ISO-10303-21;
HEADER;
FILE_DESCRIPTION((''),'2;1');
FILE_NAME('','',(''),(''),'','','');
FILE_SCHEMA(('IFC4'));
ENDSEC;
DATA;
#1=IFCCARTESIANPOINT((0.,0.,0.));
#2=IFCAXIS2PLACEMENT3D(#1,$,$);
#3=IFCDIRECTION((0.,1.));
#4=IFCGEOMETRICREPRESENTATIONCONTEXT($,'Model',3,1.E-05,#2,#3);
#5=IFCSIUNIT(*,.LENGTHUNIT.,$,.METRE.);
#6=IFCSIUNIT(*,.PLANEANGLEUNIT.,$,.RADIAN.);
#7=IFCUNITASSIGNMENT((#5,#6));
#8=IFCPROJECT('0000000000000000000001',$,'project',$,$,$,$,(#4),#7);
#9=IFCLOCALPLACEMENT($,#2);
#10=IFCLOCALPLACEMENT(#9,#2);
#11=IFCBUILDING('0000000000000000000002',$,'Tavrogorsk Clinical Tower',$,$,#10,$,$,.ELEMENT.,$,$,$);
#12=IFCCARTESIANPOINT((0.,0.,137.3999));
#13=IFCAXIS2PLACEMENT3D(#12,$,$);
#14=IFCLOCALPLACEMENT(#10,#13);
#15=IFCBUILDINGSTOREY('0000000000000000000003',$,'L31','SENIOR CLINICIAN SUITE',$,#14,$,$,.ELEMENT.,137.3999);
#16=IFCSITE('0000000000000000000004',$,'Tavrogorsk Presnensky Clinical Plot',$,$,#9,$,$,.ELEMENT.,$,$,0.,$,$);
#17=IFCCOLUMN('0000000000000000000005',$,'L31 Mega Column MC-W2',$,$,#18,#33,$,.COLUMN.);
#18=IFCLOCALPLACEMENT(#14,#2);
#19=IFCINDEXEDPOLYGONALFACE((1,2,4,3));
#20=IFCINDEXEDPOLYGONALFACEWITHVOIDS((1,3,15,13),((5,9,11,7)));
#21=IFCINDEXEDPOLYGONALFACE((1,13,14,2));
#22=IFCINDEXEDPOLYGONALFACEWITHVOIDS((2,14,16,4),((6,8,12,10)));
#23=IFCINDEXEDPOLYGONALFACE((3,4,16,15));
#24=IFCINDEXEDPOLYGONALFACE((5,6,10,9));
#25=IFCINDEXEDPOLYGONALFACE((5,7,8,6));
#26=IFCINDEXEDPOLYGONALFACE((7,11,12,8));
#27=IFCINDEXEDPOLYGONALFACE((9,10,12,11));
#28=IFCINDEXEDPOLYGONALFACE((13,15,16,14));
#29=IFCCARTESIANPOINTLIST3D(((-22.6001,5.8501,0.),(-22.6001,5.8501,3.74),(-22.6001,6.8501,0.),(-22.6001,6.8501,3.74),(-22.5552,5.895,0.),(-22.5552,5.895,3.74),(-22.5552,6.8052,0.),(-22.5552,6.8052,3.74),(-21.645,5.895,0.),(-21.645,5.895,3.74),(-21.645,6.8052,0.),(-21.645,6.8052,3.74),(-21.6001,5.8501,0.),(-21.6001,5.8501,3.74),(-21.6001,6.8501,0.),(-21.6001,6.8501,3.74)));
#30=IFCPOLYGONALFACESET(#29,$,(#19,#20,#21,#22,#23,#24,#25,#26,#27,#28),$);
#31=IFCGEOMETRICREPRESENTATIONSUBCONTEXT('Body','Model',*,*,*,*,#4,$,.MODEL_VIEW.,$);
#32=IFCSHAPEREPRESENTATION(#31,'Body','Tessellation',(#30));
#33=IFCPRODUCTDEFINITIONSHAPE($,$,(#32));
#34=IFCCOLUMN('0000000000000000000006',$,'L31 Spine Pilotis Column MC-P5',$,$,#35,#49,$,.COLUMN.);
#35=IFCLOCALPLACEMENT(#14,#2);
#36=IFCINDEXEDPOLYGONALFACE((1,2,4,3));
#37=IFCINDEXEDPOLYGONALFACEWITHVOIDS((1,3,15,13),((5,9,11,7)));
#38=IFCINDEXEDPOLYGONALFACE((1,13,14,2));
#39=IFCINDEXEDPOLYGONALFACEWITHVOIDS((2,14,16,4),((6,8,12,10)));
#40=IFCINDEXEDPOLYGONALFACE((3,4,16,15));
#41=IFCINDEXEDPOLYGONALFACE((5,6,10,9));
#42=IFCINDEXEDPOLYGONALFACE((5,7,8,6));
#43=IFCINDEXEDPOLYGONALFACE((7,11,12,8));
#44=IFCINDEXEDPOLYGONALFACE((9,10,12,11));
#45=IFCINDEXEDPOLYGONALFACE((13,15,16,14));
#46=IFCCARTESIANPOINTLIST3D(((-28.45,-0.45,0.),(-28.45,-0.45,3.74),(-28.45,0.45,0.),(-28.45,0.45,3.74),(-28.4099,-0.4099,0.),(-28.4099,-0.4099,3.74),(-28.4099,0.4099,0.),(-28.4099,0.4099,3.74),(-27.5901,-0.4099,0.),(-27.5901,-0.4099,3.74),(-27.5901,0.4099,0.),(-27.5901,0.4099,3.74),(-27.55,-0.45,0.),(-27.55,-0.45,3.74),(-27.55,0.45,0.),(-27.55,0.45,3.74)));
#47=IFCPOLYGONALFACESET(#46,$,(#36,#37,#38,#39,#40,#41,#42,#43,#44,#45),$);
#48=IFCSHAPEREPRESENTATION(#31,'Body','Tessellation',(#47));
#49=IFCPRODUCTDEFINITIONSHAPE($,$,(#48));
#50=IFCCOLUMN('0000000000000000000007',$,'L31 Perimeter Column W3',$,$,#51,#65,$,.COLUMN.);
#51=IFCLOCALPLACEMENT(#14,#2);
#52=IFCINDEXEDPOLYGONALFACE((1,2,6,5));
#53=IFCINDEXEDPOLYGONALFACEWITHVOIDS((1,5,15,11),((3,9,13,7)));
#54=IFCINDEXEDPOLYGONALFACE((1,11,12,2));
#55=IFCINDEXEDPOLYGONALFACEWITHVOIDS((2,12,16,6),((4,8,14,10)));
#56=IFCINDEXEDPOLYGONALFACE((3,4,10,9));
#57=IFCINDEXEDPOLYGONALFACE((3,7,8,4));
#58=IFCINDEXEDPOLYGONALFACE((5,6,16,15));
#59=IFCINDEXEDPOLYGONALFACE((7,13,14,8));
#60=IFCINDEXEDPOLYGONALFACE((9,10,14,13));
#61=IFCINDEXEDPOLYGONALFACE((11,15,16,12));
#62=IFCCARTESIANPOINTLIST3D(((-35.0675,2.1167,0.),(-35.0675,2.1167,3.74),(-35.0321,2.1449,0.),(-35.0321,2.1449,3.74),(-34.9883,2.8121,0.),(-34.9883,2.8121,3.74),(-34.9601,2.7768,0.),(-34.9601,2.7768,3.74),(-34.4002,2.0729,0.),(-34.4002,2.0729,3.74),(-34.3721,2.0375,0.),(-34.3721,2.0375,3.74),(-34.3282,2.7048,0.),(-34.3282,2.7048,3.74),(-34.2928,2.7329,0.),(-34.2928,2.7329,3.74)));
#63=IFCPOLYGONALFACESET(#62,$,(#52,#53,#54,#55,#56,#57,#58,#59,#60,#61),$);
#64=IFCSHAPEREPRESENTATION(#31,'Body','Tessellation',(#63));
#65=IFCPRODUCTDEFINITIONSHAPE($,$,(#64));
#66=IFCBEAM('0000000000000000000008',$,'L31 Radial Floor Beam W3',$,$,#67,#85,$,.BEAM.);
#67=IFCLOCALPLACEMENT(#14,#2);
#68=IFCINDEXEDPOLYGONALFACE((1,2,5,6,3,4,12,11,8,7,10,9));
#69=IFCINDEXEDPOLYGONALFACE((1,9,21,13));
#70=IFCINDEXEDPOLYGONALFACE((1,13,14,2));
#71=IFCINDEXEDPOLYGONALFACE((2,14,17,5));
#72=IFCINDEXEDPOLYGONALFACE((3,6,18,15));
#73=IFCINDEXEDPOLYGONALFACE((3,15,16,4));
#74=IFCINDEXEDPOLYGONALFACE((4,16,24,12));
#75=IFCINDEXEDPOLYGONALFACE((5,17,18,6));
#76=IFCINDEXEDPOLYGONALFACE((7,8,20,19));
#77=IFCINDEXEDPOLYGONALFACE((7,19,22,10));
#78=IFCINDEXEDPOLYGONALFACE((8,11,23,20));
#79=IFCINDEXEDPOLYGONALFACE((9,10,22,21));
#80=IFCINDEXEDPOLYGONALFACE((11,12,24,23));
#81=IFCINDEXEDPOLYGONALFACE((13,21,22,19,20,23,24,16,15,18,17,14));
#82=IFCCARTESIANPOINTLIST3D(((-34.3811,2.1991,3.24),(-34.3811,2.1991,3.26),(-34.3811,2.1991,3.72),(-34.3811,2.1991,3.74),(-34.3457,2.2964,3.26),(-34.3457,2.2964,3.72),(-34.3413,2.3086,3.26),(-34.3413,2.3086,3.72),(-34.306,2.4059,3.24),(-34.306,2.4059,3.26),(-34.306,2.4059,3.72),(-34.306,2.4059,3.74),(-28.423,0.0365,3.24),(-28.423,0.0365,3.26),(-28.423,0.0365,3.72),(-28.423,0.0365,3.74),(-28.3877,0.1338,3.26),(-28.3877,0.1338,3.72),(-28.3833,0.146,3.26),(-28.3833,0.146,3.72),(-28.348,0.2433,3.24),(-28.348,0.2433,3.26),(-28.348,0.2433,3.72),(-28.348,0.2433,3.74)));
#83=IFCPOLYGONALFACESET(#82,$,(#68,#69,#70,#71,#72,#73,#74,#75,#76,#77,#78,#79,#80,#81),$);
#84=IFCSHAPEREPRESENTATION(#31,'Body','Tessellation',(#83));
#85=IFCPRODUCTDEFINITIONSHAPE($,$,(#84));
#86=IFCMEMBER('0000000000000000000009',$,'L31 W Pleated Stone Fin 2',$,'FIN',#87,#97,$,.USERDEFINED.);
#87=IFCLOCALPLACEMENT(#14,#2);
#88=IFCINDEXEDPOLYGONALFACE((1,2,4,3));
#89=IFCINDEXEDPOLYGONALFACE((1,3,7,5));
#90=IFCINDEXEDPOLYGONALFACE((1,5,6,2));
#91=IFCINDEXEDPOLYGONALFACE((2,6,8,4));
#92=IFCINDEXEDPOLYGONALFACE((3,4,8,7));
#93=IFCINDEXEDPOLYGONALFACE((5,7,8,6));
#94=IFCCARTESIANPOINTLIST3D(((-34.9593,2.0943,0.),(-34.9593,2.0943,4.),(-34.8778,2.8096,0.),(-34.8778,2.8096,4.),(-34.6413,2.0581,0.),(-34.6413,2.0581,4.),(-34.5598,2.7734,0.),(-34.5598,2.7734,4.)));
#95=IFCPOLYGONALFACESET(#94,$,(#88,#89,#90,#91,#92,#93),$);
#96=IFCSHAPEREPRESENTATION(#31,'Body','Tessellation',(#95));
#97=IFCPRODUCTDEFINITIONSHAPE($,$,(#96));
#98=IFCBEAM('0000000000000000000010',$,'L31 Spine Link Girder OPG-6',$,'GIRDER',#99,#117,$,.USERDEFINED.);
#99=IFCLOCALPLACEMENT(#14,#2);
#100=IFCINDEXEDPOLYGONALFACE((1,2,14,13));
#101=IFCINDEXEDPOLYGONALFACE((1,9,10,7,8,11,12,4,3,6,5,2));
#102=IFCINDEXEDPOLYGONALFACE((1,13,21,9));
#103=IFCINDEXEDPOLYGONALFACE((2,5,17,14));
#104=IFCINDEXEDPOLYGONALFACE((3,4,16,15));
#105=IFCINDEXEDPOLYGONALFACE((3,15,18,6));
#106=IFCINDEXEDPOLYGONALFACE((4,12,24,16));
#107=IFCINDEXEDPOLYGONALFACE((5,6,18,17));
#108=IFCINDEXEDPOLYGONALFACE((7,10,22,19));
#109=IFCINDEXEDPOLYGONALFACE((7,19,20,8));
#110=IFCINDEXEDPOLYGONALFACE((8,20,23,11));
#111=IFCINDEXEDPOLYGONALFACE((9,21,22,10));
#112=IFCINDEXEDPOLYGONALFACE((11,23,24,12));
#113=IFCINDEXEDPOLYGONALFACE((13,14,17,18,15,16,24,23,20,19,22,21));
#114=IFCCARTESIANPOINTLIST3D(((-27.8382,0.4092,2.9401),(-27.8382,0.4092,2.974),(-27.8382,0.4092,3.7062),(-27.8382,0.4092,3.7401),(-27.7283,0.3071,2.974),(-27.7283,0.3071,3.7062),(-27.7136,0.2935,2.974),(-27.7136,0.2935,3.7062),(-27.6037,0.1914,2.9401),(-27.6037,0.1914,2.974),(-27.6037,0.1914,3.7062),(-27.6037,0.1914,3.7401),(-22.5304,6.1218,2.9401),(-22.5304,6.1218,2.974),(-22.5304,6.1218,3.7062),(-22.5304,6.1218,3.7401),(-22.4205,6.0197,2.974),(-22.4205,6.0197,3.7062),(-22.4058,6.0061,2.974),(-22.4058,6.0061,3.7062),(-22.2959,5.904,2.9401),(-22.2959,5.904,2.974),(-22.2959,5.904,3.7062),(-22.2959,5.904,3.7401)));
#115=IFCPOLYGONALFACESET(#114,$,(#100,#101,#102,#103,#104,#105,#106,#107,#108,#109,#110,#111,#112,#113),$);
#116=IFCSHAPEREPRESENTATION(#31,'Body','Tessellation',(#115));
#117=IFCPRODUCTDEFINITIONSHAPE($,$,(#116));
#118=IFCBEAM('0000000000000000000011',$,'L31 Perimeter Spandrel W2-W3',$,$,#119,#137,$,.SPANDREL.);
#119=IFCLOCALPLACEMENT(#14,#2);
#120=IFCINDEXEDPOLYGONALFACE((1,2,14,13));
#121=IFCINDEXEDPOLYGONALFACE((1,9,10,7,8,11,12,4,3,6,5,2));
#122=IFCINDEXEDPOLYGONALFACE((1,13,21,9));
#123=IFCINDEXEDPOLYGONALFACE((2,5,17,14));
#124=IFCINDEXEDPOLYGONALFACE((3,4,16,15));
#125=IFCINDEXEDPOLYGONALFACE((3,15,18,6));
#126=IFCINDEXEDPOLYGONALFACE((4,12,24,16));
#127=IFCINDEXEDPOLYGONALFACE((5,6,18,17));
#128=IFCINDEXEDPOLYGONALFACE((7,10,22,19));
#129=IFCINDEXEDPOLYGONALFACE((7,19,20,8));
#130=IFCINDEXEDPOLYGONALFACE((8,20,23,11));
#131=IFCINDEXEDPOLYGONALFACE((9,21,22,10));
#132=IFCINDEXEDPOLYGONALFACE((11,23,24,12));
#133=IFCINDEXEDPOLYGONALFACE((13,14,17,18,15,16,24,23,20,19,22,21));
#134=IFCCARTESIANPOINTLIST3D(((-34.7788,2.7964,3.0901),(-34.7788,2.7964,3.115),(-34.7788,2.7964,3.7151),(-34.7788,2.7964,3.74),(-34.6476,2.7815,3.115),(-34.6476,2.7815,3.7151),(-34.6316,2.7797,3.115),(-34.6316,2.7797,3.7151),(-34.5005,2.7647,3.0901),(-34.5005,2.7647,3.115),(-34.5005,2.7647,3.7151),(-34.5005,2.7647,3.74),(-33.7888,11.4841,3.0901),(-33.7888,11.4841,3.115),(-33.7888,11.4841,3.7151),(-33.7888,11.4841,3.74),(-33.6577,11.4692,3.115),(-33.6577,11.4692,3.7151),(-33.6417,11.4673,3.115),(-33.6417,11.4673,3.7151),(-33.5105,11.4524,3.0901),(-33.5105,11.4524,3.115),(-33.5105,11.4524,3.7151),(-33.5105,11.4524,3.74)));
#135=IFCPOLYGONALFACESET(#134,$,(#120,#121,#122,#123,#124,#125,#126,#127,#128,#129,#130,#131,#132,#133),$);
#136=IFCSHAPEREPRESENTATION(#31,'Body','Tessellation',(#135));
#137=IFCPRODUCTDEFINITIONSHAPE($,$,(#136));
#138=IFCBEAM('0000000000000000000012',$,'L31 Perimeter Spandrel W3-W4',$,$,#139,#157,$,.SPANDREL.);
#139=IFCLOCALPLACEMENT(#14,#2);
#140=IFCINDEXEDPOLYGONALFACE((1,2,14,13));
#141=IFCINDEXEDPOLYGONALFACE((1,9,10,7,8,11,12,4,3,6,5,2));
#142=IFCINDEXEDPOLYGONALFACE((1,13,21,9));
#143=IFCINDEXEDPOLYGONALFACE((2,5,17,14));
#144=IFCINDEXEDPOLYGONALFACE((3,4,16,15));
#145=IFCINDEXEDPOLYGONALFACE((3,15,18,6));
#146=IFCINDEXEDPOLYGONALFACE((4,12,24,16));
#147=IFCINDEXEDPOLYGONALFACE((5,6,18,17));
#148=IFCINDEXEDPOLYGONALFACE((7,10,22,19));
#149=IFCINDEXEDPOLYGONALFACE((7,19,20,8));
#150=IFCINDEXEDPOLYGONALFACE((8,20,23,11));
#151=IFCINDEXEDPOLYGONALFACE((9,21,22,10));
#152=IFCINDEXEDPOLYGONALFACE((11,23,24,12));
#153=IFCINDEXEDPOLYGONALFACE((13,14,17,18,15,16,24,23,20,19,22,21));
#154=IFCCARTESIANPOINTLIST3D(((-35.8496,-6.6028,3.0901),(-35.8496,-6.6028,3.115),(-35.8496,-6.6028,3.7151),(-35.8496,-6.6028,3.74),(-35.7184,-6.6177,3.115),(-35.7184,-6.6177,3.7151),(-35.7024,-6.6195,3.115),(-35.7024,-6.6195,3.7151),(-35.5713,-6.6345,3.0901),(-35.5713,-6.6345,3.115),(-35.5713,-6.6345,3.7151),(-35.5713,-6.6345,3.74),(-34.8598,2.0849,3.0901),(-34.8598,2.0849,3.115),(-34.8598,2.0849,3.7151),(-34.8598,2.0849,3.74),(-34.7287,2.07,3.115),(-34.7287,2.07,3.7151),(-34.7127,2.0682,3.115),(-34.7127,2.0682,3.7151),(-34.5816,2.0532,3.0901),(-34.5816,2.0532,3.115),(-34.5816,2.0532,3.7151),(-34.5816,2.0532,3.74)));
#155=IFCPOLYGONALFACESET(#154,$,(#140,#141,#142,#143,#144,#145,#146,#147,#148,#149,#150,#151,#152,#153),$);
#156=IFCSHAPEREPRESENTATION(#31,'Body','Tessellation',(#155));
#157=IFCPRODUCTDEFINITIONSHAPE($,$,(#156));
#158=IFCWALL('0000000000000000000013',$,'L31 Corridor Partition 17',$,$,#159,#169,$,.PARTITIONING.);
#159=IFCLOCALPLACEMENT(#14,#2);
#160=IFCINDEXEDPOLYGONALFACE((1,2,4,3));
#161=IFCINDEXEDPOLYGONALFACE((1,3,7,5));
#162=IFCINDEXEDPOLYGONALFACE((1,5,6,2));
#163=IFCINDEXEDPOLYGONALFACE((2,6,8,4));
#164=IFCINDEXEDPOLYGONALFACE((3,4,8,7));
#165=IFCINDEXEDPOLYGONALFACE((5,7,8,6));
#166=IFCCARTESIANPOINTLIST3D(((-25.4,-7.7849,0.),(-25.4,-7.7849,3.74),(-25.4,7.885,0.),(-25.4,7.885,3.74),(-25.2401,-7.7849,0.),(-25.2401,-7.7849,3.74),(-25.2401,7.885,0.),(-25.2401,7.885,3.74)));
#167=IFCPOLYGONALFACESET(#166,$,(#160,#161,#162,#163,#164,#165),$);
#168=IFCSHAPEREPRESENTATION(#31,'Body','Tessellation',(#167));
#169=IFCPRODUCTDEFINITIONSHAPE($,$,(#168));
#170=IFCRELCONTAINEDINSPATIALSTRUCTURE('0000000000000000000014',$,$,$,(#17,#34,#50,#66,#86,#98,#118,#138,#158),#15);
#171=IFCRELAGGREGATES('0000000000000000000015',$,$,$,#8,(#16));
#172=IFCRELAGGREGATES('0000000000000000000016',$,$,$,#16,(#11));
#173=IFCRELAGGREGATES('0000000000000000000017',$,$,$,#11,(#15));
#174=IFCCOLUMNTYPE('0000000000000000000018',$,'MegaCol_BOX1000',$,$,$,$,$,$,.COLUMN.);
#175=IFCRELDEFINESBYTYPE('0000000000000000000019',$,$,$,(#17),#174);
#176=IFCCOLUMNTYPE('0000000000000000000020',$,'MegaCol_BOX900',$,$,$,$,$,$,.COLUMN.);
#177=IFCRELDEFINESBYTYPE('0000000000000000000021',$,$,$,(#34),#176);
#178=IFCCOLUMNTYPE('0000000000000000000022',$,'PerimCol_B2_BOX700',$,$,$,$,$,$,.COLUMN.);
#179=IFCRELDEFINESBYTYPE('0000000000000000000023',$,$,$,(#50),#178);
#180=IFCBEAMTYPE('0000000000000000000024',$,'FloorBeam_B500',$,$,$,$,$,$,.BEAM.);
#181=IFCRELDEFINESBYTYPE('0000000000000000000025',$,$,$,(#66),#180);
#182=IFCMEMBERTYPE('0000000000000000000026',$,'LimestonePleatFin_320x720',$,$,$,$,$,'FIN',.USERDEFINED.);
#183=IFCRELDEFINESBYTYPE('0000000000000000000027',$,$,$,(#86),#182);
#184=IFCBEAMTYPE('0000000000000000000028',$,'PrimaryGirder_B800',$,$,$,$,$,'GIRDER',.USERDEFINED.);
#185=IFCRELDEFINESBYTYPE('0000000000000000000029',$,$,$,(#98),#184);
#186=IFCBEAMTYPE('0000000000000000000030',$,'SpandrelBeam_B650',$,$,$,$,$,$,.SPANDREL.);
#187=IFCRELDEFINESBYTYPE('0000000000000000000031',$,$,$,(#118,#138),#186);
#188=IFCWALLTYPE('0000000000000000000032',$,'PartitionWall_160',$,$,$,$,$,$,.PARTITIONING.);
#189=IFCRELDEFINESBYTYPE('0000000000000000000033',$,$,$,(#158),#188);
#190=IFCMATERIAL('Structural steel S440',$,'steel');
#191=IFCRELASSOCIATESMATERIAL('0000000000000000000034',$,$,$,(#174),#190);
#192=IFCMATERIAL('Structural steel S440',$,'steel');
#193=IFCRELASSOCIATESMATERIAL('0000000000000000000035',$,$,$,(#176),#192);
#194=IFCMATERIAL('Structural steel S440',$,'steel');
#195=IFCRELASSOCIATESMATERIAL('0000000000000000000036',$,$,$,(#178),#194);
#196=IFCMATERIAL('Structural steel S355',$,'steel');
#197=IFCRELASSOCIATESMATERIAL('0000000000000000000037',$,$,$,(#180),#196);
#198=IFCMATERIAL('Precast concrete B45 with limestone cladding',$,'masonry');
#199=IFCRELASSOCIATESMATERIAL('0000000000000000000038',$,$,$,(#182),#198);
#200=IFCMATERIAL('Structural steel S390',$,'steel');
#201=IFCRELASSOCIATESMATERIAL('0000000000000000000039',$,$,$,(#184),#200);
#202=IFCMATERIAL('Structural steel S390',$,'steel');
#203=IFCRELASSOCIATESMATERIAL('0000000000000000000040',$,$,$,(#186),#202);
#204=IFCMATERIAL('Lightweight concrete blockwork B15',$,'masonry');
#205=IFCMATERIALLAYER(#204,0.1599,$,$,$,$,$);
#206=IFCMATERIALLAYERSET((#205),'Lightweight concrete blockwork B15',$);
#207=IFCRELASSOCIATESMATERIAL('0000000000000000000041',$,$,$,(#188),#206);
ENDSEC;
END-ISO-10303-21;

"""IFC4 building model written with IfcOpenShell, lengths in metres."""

from ifc_helpers import new_model, si_unit, direction, frame, frame_2d, origin, origin_2d, place, context, subcontext, project, spatial, rectangle, hollow_rectangle, i_section, extrude, material, layer, layer_set, material_profile, profile_set, type_object, element, save


model = new_model("IFC4")

# Units and contexts
model_context = context("Model", 3, precision=1e-05, world=origin(), true_north=direction((0.0, 1.0)))
body_context = subcontext(model_context, "Body", "Model", "MODEL_VIEW")
ifc_project = project(units=[si_unit("LENGTHUNIT", "METRE"), si_unit("PLANEANGLEUNIT", "RADIAN")], contexts=[model_context])

# Site, building, storey
site_placement = place(None, origin())
site = spatial("IfcSite", under=ifc_project, at=site_placement, Name="Tavrogorsk Presnensky Clinical Plot", CompositionType="ELEMENT", RefElevation=0.0)
building_placement = place(site_placement, origin())
building = spatial("IfcBuilding", under=site, at=building_placement, Name="Tavrogorsk Clinical Tower", CompositionType="ELEMENT")
storey_placement = place(building_placement, frame((0.0, 0.0, 137.3999)))
storey = spatial("IfcBuildingStorey", under=building, at=storey_placement, Name="L31", Description="SENIOR CLINICIAN SUITE", CompositionType="ELEMENT", Elevation=137.3999)

# Columns
ifc_material_1 = material(Name="Structural steel S440", Category="steel")
ifc_material_profile_1 = material_profile(ifc_material_1, hollow_rectangle(XDim=1.0, YDim=1.0, WallThickness=0.0449, at=origin_2d()), Name="BOX-1000x1000x45")
ifc_profile_set_1 = profile_set([ifc_material_profile_1], Name="Structural steel S440")
column_type_1 = type_object("IfcColumnType", Name="MegaCol_BOX1000", PredefinedType="COLUMN", material=ifc_profile_set_1)
column_1_placement = place(storey_placement, frame((-22.1001, 6.3501, 0.0), z_axis=(0.0, 0.0, 1.0), x_axis=(1.0, 0.0, 0.0)))
element("IfcColumn", 1, at=column_1_placement, inside=storey, type_object=column_type_1, Name="L31 Mega Column MC-W2", PredefinedType="COLUMN", context=body_context, shape_type="SweptSolid", body=[
    extrude(hollow_rectangle(XDim=1.0, YDim=1.0, WallThickness=0.0449, at=origin_2d()), origin(), (0.0, 0.0, 1.0), 3.74),
])
ifc_material_2 = material(Name="Structural steel S440", Category="steel")
ifc_material_profile_2 = material_profile(ifc_material_2, hollow_rectangle(XDim=0.8999, YDim=0.8999, WallThickness=0.04, at=origin_2d()), Name="BOX-900x900x40")
ifc_profile_set_2 = profile_set([ifc_material_profile_2], Name="Structural steel S440")
column_type_2 = type_object("IfcColumnType", Name="MegaCol_BOX900", PredefinedType="COLUMN", material=ifc_profile_set_2)
column_2_placement = place(storey_placement, frame((-28.0, 0.0, 0.0), z_axis=(0.0, 0.0, 1.0), x_axis=(1.0, 0.0, 0.0)))
element("IfcColumn", 2, at=column_2_placement, inside=storey, type_object=column_type_2, Name="L31 Spine Pilotis Column MC-P5", PredefinedType="COLUMN", context=body_context, shape_type="SweptSolid", body=[
    extrude(hollow_rectangle(XDim=0.8999, YDim=0.8999, WallThickness=0.04, at=origin_2d()), origin(), (0.0, 0.0, 1.0), 3.74),
])
ifc_material_3 = material(Name="Structural steel S440", Category="steel")
ifc_material_profile_3 = material_profile(ifc_material_3, hollow_rectangle(XDim=0.7, YDim=0.7, WallThickness=0.032, at=origin_2d()), Name="BOX-700x700x32")
ifc_profile_set_3 = profile_set([ifc_material_profile_3], Name="Structural steel S440")
column_type_3 = type_object("IfcColumnType", Name="PerimCol_B2_BOX700", PredefinedType="COLUMN", material=ifc_profile_set_3)
column_3_placement = place(storey_placement, frame((-34.6802, 2.4248, 0.0), z_axis=(0.0, 0.0, 1.0), x_axis=(0.993572, -0.113203, 0.0)))
element("IfcColumn", 3, at=column_3_placement, inside=storey, type_object=column_type_3, Name="L31 Perimeter Column W3", PredefinedType="COLUMN", context=body_context, shape_type="SweptSolid", body=[
    extrude(hollow_rectangle(XDim=0.7, YDim=0.7, WallThickness=0.032, at=origin_2d()), origin(), (0.0, 0.0, 1.0), 3.74),
])

# Beam
ifc_material_4 = material(Name="Structural steel S355", Category="steel")
ifc_material_profile_4 = material_profile(ifc_material_4, i_section(OverallWidth=0.22, OverallDepth=0.5, WebThickness=0.0129, FlangeThickness=0.02, at=origin_2d()), Name="B-500x220x13x20")
ifc_profile_set_4 = profile_set([ifc_material_profile_4], Name="Structural steel S355")
beam_type_1 = type_object("IfcBeamType", Name="FloorBeam_B500", PredefinedType="BEAM", material=ifc_profile_set_4)
beam_1_placement = place(storey_placement, frame((-28.3855, 0.1399, 3.49), z_axis=(-0.939993, 0.341193, 0.0), x_axis=(-0.341193, -0.939993, 0.0)))
element("IfcBeam", 4, at=beam_1_placement, inside=storey, type_object=beam_type_1, Name="L31 Radial Floor Beam W3", PredefinedType="BEAM", context=body_context, shape_type="SweptSolid", body=[
    extrude(i_section(OverallWidth=0.22, OverallDepth=0.5, WebThickness=0.0129, FlangeThickness=0.02, at=origin_2d()), origin(), (0.0, 0.0, 1.0), 6.3384),
])

# Member
ifc_material_5 = material(Name="Precast concrete B45 with limestone cladding", Category="masonry")
ifc_material_profile_5 = material_profile(ifc_material_5, rectangle(XDim=0.3201, YDim=0.72, at=origin_2d()), Name="LIMESTONE-FIN-320x720")
ifc_profile_set_5 = profile_set([ifc_material_profile_5], Name="Precast concrete B45 with limestone cladding")
member_type = type_object("IfcMemberType", Name="LimestonePleatFin_320x720", ElementType="FIN", PredefinedType="USERDEFINED", material=ifc_profile_set_5)
member_placement = place(storey_placement, frame((-34.7595, 2.4338, 0.0), z_axis=(0.0, 0.0, 1.0), x_axis=(0.993572, -0.113203, 0.0)))
element("IfcMember", 5, at=member_placement, inside=storey, type_object=member_type, Name="L31 W Pleated Stone Fin 2", ObjectType="FIN", PredefinedType="USERDEFINED", context=body_context, shape_type="SweptSolid", body=[
    extrude(rectangle(XDim=0.3201, YDim=0.72, at=origin_2d()), origin(), (0.0, 0.0, 1.0), 4.0),
])

# Beams
ifc_material_6 = material(Name="Structural steel S390", Category="steel")
ifc_material_profile_6 = material_profile(ifc_material_6, i_section(OverallWidth=0.3201, OverallDepth=0.8, WebThickness=0.02, FlangeThickness=0.0339, at=origin_2d()), Name="B-800x320x20x34")
ifc_profile_set_6 = profile_set([ifc_material_profile_6], Name="Structural steel S390")
beam_type_2 = type_object("IfcBeamType", Name="PrimaryGirder_B800", ElementType="GIRDER", PredefinedType="USERDEFINED", material=ifc_profile_set_6)
beam_2_placement = place(storey_placement, frame((-27.7209, 0.3003, 3.3401), z_axis=(0.680676, 0.732585, 0.0), x_axis=(-0.732585, 0.680676, 0.0)))
element("IfcBeam", 6, at=beam_2_placement, inside=storey, type_object=beam_type_2, Name="L31 Spine Link Girder OPG-6", ObjectType="GIRDER", PredefinedType="USERDEFINED", context=body_context, shape_type="SweptSolid", body=[
    extrude(i_section(OverallWidth=0.3201, OverallDepth=0.8, WebThickness=0.02, FlangeThickness=0.0339, at=origin_2d()), origin(), (0.0, 0.0, 1.0), 7.7979),
])
ifc_material_7 = material(Name="Structural steel S390", Category="steel")
ifc_material_profile_7 = material_profile(ifc_material_7, i_section(OverallWidth=0.28, OverallDepth=0.6499, WebThickness=0.0161, FlangeThickness=0.0249, at=origin_2d()), Name="B-650x280x16x25")
ifc_profile_set_7 = profile_set([ifc_material_profile_7], Name="Structural steel S390")
beam_type_3 = type_object("IfcBeamType", Name="SpandrelBeam_B650", PredefinedType="SPANDREL", material=ifc_profile_set_7)
for number, where, z_axis, x_axis, name in (
    (7, (-33.6497, 11.4683, 3.415), (-0.11322, -0.99357, 0.0), (0.99357, -0.11322, 0.0), "L31 Perimeter Spandrel W2-W3"),
    (8, (-34.7207, 2.0691, 3.415), (-0.113192, -0.993573, 0.0), (0.993573, -0.113192, 0.0), "L31 Perimeter Spandrel W3-W4"),
):
    element("IfcBeam", number, at=place(storey_placement, frame(where, z_axis=z_axis, x_axis=x_axis)), inside=storey, type_object=beam_type_3, Name=name, PredefinedType="SPANDREL", context=body_context, shape_type="SweptSolid", body=[
        extrude(i_section(OverallWidth=0.28, OverallDepth=0.6499, WebThickness=0.0161, FlangeThickness=0.0249, at=origin_2d()), origin(), (0.0, 0.0, 1.0), 8.7439),
    ])

# Shared definitions
ifc_material_8 = material(Name="Lightweight concrete blockwork B15", Category="masonry")
ifc_layer_1 = layer(ifc_material_8, 0.1599)
ifc_layer_set_1 = layer_set([ifc_layer_1], Name="Lightweight concrete blockwork B15")
wall_type_1 = type_object("IfcWallType", Name="PartitionWall_160", PredefinedType="PARTITIONING", material=ifc_layer_set_1)

# Wall
wall_1_placement = place(storey_placement, frame((-25.3201, 7.885, 0.0), z_axis=(0.0, 0.0, 1.0), x_axis=(0.0, -1.0, 0.0)))
element("IfcWall", 9, at=wall_1_placement, inside=storey, type_object=wall_type_1, Name="L31 Corridor Partition 17", PredefinedType="PARTITIONING", context=body_context, shape_type="SweptSolid", body=[
    extrude(rectangle(XDim=15.6699, YDim=0.1599, at=frame_2d((7.835, 0.0))), origin(), (0.0, 0.0, 1.0), 3.74),
])

save(model, "model.ifc")
